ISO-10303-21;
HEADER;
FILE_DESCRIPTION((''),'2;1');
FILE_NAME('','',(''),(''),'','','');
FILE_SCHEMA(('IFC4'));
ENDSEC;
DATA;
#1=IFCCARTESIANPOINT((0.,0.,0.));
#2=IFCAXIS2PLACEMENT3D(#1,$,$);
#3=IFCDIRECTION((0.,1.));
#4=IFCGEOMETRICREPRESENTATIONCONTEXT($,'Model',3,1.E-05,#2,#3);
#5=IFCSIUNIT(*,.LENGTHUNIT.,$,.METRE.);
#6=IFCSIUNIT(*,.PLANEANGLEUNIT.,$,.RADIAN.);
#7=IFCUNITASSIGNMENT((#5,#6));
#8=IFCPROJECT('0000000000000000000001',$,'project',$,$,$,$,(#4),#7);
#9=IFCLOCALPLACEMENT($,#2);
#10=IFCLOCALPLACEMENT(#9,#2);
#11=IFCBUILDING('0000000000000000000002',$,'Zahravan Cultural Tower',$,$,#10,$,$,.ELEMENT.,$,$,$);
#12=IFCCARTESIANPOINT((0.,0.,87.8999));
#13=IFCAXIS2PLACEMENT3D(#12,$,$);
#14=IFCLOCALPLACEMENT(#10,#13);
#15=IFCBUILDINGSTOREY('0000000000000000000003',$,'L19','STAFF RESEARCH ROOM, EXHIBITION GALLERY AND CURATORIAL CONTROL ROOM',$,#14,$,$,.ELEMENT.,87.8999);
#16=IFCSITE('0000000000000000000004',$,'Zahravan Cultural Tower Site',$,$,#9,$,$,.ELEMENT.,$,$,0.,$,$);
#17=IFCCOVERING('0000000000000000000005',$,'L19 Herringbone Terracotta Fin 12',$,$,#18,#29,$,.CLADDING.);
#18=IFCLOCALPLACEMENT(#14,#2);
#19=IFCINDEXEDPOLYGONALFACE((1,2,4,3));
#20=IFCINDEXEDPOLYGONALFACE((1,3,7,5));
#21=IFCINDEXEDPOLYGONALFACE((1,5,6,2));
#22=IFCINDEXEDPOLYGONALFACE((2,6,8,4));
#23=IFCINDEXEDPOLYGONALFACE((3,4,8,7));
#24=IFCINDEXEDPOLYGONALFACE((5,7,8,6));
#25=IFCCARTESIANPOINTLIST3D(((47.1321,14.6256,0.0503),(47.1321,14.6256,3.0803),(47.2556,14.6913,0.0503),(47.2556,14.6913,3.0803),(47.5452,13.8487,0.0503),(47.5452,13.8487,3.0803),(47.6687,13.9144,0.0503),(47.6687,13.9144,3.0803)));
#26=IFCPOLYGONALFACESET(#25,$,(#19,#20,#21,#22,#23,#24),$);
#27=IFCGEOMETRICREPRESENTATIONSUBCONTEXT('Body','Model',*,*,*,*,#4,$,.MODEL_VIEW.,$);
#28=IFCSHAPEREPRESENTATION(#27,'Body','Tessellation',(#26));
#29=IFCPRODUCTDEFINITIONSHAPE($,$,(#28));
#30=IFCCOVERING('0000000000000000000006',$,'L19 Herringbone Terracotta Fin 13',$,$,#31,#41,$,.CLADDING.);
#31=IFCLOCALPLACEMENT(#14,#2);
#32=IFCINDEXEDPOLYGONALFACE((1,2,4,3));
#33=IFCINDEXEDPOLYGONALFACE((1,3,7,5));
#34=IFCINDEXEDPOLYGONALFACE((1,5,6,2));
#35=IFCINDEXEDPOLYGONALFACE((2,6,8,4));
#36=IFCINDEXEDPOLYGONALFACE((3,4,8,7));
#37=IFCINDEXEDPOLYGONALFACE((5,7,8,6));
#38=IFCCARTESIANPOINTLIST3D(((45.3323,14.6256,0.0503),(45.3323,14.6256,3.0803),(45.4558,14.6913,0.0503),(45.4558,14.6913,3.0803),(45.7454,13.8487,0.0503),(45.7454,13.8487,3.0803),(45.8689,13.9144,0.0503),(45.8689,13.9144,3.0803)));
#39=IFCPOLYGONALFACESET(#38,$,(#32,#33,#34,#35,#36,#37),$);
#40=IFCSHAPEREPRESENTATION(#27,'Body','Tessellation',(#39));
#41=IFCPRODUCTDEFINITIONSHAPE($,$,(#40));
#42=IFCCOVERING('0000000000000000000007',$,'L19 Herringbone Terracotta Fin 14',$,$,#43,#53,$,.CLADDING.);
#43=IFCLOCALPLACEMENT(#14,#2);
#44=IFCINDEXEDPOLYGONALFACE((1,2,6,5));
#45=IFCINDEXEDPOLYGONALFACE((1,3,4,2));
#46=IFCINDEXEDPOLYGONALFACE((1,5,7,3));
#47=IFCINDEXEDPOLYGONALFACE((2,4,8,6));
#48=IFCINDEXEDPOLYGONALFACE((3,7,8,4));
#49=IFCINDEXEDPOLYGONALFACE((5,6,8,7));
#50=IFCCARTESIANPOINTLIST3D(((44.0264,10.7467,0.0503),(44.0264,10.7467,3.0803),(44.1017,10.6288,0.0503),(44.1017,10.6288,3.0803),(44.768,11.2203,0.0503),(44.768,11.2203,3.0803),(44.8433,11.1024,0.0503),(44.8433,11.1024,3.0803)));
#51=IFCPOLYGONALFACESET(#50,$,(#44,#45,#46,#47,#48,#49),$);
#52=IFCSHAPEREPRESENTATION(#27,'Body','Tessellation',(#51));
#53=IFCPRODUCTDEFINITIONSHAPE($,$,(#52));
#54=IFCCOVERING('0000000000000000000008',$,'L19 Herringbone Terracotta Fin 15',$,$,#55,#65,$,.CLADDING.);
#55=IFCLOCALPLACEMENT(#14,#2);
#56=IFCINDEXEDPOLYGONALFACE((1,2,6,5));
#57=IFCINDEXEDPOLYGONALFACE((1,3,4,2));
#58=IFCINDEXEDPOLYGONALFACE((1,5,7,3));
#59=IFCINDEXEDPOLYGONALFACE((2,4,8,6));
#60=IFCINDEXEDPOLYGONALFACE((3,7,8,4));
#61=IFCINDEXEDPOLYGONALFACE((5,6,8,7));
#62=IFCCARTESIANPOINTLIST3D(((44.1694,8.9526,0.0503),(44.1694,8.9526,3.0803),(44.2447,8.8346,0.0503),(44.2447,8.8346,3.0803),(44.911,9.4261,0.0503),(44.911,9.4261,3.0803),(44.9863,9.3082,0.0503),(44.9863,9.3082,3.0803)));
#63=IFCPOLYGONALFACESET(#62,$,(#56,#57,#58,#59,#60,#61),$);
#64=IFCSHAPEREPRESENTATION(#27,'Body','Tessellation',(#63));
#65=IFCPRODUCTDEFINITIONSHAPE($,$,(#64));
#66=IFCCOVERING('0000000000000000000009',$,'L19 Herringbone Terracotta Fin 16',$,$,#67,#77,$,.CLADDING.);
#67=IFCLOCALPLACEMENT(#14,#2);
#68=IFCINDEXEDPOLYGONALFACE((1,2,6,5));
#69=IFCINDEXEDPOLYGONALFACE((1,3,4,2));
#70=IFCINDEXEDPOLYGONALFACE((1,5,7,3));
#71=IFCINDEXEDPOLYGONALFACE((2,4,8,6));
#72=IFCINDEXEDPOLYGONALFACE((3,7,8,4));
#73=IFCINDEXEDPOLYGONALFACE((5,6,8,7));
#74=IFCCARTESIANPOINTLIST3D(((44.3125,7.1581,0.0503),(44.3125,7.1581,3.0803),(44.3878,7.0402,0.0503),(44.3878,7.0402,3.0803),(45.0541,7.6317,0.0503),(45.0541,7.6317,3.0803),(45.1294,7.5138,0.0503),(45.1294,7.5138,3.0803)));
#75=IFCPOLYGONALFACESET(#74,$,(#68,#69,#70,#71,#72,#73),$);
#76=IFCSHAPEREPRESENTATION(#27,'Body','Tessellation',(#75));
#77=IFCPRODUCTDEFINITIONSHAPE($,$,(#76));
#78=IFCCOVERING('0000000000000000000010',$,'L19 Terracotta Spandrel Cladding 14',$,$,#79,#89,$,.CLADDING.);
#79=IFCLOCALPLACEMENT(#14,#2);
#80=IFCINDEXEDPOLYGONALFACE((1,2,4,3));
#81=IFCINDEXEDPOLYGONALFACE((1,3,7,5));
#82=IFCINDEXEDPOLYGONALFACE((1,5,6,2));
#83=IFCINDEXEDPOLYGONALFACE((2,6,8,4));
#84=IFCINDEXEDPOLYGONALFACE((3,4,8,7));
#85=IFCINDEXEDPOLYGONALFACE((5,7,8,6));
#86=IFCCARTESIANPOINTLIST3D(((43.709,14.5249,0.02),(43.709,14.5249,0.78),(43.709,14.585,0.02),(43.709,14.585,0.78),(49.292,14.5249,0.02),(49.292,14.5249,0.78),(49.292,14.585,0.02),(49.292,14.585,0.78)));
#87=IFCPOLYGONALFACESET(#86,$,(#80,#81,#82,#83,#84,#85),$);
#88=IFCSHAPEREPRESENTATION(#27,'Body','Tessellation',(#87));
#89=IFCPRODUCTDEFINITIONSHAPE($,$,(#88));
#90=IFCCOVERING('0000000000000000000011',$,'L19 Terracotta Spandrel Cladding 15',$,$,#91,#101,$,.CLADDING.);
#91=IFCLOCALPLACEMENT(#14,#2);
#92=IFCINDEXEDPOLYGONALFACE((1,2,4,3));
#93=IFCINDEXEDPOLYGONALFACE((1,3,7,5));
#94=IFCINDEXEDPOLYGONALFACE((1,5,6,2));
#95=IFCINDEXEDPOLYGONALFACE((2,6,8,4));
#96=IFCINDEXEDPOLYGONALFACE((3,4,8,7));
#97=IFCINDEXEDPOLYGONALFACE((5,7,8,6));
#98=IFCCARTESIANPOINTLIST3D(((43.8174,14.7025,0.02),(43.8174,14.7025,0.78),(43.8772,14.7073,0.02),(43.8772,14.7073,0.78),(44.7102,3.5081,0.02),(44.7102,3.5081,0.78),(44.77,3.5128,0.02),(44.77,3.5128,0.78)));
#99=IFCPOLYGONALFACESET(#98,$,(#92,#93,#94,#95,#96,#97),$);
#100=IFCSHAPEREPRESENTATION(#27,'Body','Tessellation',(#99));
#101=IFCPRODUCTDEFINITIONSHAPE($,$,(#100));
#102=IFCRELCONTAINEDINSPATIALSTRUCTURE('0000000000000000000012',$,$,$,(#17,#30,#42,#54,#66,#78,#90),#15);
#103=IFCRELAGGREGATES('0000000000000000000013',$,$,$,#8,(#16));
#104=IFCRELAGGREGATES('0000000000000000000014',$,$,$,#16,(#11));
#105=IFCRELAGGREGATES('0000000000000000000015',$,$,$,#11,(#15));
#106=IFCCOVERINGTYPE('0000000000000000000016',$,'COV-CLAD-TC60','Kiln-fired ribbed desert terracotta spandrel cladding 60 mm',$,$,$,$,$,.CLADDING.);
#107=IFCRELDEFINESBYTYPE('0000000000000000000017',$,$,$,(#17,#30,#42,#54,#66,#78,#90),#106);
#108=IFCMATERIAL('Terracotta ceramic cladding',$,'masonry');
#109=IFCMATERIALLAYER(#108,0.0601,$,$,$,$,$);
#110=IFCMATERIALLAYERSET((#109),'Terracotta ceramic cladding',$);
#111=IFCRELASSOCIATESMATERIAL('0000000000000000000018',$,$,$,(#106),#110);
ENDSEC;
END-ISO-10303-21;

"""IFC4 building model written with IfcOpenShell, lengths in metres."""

from ifc_helpers import new_model, si_unit, direction, frame, origin, origin_2d, place, context, subcontext, project, spatial, rectangle, extrude, source, transform, mapped, material, layer, layer_set, type_object, element, save


model = new_model("IFC4")

# Units and contexts
model_context = context("Model", 3, precision=1e-05, world=origin(), true_north=direction((0.0, 1.0)))
body_context = subcontext(model_context, "Body", "Model", "MODEL_VIEW")
ifc_project = project(units=[si_unit("LENGTHUNIT", "METRE"), si_unit("PLANEANGLEUNIT", "RADIAN")], contexts=[model_context])

# Site, building, storey
site_placement = place(None, origin())
site = spatial("IfcSite", under=ifc_project, at=site_placement, Name="Zahravan Cultural Tower Site", CompositionType="ELEMENT", RefElevation=0.0)
building_placement = place(site_placement, origin())
building = spatial("IfcBuilding", under=site, at=building_placement, Name="Zahravan Cultural Tower", CompositionType="ELEMENT")
storey_placement = place(building_placement, frame((0.0, 0.0, 87.8999)))
storey = spatial("IfcBuildingStorey", under=building, at=storey_placement, Name="L19", Description="STAFF RESEARCH ROOM, EXHIBITION GALLERY AND CURATORIAL CONTROL ROOM", CompositionType="ELEMENT", Elevation=87.8999)

# Coverings
ifc_material_1 = material(Name="Terracotta ceramic cladding", Category="masonry")
ifc_layer_1 = layer(ifc_material_1, 0.0601)
ifc_layer_set_1 = layer_set([ifc_layer_1], Name="Terracotta ceramic cladding")
covering_type = type_object("IfcCoveringType", Name="COV-CLAD-TC60", Description="Kiln-fired ribbed desert terracotta spandrel cladding 60 mm", PredefinedType="CLADDING", material=ifc_layer_set_1)
shared_shape_1 = source(origin(), body_context, "Body", "SweptSolid", [
    extrude(rectangle(XDim=0.8799, YDim=0.1399, at=origin_2d()), origin(), (0.0, 0.0, 1.0), 3.03),
])
for number, where, z_axis, x_axis, name in (
    (1, (47.4004, 14.27, 0.0503), (0.0, 0.0, 1.0), (0.469472, -0.882948, 0.0), "L19 Herringbone Terracotta Fin 12"),
    (2, (45.6006, 14.27, 0.0503), (0.0, 0.0, 1.0), (0.469472, -0.882948, 0.0), "L19 Herringbone Terracotta Fin 13"),
    (3, (44.4348, 10.9246, 0.0503), (0.0, 0.0, 1.0), (0.842828, 0.538183, 0.0), "L19 Herringbone Terracotta Fin 14"),
    (4, (44.5779, 9.1304, 0.0503), (0.0, 0.0, 1.0), (0.842828, 0.538183, 0.0), "L19 Herringbone Terracotta Fin 15"),
    (5, (44.7209, 7.3359, 0.0503), (0.0, 0.0, 1.0), (0.842828, 0.538183, 0.0), "L19 Herringbone Terracotta Fin 16"),
):
    element("IfcCovering", number, at=place(storey_placement, frame(where, z_axis=z_axis, x_axis=x_axis)), inside=storey, type_object=covering_type, Name=name, PredefinedType="CLADDING", context=body_context, shape_type="MappedRepresentation", body=[
        mapped(shared_shape_1, transform((0.0, 0.0, 0.0), x_axis=(1.0, 0.0, 0.0), y_axis=(0.0, 1.0, 0.0), z_axis=(0.0, 0.0, 1.0), scale=1.0)),
    ])
shared_shape_2 = source(origin(), body_context, "Body", "SweptSolid", [
    extrude(rectangle(XDim=5.583, YDim=0.0601, at=origin_2d()), origin(), (0.0, 0.0, 1.0), 0.76),
])
covering_1_placement = place(storey_placement, frame((46.5005, 14.5549, 0.02), z_axis=(0.0, 0.0, 1.0), x_axis=(-1.0, 0.0, 0.0)))
element("IfcCovering", 6, at=covering_1_placement, inside=storey, type_object=covering_type, Name="L19 Terracotta Spandrel Cladding 14", PredefinedType="CLADDING", context=body_context, shape_type="MappedRepresentation", body=[
    mapped(shared_shape_2, transform((0.0, 0.0, 0.0), x_axis=(1.0, 0.0, 0.0), y_axis=(0.0, 1.0, 0.0), z_axis=(0.0, 0.0, 1.0), scale=1.0)),
])
shared_shape_3 = source(origin(), body_context, "Body", "SweptSolid", [
    extrude(rectangle(XDim=11.23, YDim=0.0601, at=origin_2d()), origin(), (0.0, 0.0, 1.0), 0.76),
])
covering_2_placement = place(storey_placement, frame((44.2937, 9.1077, 0.02), z_axis=(0.0, 0.0, 1.0), x_axis=(0.079503, -0.996835, 0.0)))
element("IfcCovering", 7, at=covering_2_placement, inside=storey, type_object=covering_type, Name="L19 Terracotta Spandrel Cladding 15", PredefinedType="CLADDING", context=body_context, shape_type="MappedRepresentation", body=[
    mapped(shared_shape_3, transform((0.0, 0.0, 0.0), x_axis=(1.0, 0.0, 0.0), y_axis=(0.0, 1.0, 0.0), z_axis=(0.0, 0.0, 1.0), scale=1.0)),
])

save(model, "model.ifc")
